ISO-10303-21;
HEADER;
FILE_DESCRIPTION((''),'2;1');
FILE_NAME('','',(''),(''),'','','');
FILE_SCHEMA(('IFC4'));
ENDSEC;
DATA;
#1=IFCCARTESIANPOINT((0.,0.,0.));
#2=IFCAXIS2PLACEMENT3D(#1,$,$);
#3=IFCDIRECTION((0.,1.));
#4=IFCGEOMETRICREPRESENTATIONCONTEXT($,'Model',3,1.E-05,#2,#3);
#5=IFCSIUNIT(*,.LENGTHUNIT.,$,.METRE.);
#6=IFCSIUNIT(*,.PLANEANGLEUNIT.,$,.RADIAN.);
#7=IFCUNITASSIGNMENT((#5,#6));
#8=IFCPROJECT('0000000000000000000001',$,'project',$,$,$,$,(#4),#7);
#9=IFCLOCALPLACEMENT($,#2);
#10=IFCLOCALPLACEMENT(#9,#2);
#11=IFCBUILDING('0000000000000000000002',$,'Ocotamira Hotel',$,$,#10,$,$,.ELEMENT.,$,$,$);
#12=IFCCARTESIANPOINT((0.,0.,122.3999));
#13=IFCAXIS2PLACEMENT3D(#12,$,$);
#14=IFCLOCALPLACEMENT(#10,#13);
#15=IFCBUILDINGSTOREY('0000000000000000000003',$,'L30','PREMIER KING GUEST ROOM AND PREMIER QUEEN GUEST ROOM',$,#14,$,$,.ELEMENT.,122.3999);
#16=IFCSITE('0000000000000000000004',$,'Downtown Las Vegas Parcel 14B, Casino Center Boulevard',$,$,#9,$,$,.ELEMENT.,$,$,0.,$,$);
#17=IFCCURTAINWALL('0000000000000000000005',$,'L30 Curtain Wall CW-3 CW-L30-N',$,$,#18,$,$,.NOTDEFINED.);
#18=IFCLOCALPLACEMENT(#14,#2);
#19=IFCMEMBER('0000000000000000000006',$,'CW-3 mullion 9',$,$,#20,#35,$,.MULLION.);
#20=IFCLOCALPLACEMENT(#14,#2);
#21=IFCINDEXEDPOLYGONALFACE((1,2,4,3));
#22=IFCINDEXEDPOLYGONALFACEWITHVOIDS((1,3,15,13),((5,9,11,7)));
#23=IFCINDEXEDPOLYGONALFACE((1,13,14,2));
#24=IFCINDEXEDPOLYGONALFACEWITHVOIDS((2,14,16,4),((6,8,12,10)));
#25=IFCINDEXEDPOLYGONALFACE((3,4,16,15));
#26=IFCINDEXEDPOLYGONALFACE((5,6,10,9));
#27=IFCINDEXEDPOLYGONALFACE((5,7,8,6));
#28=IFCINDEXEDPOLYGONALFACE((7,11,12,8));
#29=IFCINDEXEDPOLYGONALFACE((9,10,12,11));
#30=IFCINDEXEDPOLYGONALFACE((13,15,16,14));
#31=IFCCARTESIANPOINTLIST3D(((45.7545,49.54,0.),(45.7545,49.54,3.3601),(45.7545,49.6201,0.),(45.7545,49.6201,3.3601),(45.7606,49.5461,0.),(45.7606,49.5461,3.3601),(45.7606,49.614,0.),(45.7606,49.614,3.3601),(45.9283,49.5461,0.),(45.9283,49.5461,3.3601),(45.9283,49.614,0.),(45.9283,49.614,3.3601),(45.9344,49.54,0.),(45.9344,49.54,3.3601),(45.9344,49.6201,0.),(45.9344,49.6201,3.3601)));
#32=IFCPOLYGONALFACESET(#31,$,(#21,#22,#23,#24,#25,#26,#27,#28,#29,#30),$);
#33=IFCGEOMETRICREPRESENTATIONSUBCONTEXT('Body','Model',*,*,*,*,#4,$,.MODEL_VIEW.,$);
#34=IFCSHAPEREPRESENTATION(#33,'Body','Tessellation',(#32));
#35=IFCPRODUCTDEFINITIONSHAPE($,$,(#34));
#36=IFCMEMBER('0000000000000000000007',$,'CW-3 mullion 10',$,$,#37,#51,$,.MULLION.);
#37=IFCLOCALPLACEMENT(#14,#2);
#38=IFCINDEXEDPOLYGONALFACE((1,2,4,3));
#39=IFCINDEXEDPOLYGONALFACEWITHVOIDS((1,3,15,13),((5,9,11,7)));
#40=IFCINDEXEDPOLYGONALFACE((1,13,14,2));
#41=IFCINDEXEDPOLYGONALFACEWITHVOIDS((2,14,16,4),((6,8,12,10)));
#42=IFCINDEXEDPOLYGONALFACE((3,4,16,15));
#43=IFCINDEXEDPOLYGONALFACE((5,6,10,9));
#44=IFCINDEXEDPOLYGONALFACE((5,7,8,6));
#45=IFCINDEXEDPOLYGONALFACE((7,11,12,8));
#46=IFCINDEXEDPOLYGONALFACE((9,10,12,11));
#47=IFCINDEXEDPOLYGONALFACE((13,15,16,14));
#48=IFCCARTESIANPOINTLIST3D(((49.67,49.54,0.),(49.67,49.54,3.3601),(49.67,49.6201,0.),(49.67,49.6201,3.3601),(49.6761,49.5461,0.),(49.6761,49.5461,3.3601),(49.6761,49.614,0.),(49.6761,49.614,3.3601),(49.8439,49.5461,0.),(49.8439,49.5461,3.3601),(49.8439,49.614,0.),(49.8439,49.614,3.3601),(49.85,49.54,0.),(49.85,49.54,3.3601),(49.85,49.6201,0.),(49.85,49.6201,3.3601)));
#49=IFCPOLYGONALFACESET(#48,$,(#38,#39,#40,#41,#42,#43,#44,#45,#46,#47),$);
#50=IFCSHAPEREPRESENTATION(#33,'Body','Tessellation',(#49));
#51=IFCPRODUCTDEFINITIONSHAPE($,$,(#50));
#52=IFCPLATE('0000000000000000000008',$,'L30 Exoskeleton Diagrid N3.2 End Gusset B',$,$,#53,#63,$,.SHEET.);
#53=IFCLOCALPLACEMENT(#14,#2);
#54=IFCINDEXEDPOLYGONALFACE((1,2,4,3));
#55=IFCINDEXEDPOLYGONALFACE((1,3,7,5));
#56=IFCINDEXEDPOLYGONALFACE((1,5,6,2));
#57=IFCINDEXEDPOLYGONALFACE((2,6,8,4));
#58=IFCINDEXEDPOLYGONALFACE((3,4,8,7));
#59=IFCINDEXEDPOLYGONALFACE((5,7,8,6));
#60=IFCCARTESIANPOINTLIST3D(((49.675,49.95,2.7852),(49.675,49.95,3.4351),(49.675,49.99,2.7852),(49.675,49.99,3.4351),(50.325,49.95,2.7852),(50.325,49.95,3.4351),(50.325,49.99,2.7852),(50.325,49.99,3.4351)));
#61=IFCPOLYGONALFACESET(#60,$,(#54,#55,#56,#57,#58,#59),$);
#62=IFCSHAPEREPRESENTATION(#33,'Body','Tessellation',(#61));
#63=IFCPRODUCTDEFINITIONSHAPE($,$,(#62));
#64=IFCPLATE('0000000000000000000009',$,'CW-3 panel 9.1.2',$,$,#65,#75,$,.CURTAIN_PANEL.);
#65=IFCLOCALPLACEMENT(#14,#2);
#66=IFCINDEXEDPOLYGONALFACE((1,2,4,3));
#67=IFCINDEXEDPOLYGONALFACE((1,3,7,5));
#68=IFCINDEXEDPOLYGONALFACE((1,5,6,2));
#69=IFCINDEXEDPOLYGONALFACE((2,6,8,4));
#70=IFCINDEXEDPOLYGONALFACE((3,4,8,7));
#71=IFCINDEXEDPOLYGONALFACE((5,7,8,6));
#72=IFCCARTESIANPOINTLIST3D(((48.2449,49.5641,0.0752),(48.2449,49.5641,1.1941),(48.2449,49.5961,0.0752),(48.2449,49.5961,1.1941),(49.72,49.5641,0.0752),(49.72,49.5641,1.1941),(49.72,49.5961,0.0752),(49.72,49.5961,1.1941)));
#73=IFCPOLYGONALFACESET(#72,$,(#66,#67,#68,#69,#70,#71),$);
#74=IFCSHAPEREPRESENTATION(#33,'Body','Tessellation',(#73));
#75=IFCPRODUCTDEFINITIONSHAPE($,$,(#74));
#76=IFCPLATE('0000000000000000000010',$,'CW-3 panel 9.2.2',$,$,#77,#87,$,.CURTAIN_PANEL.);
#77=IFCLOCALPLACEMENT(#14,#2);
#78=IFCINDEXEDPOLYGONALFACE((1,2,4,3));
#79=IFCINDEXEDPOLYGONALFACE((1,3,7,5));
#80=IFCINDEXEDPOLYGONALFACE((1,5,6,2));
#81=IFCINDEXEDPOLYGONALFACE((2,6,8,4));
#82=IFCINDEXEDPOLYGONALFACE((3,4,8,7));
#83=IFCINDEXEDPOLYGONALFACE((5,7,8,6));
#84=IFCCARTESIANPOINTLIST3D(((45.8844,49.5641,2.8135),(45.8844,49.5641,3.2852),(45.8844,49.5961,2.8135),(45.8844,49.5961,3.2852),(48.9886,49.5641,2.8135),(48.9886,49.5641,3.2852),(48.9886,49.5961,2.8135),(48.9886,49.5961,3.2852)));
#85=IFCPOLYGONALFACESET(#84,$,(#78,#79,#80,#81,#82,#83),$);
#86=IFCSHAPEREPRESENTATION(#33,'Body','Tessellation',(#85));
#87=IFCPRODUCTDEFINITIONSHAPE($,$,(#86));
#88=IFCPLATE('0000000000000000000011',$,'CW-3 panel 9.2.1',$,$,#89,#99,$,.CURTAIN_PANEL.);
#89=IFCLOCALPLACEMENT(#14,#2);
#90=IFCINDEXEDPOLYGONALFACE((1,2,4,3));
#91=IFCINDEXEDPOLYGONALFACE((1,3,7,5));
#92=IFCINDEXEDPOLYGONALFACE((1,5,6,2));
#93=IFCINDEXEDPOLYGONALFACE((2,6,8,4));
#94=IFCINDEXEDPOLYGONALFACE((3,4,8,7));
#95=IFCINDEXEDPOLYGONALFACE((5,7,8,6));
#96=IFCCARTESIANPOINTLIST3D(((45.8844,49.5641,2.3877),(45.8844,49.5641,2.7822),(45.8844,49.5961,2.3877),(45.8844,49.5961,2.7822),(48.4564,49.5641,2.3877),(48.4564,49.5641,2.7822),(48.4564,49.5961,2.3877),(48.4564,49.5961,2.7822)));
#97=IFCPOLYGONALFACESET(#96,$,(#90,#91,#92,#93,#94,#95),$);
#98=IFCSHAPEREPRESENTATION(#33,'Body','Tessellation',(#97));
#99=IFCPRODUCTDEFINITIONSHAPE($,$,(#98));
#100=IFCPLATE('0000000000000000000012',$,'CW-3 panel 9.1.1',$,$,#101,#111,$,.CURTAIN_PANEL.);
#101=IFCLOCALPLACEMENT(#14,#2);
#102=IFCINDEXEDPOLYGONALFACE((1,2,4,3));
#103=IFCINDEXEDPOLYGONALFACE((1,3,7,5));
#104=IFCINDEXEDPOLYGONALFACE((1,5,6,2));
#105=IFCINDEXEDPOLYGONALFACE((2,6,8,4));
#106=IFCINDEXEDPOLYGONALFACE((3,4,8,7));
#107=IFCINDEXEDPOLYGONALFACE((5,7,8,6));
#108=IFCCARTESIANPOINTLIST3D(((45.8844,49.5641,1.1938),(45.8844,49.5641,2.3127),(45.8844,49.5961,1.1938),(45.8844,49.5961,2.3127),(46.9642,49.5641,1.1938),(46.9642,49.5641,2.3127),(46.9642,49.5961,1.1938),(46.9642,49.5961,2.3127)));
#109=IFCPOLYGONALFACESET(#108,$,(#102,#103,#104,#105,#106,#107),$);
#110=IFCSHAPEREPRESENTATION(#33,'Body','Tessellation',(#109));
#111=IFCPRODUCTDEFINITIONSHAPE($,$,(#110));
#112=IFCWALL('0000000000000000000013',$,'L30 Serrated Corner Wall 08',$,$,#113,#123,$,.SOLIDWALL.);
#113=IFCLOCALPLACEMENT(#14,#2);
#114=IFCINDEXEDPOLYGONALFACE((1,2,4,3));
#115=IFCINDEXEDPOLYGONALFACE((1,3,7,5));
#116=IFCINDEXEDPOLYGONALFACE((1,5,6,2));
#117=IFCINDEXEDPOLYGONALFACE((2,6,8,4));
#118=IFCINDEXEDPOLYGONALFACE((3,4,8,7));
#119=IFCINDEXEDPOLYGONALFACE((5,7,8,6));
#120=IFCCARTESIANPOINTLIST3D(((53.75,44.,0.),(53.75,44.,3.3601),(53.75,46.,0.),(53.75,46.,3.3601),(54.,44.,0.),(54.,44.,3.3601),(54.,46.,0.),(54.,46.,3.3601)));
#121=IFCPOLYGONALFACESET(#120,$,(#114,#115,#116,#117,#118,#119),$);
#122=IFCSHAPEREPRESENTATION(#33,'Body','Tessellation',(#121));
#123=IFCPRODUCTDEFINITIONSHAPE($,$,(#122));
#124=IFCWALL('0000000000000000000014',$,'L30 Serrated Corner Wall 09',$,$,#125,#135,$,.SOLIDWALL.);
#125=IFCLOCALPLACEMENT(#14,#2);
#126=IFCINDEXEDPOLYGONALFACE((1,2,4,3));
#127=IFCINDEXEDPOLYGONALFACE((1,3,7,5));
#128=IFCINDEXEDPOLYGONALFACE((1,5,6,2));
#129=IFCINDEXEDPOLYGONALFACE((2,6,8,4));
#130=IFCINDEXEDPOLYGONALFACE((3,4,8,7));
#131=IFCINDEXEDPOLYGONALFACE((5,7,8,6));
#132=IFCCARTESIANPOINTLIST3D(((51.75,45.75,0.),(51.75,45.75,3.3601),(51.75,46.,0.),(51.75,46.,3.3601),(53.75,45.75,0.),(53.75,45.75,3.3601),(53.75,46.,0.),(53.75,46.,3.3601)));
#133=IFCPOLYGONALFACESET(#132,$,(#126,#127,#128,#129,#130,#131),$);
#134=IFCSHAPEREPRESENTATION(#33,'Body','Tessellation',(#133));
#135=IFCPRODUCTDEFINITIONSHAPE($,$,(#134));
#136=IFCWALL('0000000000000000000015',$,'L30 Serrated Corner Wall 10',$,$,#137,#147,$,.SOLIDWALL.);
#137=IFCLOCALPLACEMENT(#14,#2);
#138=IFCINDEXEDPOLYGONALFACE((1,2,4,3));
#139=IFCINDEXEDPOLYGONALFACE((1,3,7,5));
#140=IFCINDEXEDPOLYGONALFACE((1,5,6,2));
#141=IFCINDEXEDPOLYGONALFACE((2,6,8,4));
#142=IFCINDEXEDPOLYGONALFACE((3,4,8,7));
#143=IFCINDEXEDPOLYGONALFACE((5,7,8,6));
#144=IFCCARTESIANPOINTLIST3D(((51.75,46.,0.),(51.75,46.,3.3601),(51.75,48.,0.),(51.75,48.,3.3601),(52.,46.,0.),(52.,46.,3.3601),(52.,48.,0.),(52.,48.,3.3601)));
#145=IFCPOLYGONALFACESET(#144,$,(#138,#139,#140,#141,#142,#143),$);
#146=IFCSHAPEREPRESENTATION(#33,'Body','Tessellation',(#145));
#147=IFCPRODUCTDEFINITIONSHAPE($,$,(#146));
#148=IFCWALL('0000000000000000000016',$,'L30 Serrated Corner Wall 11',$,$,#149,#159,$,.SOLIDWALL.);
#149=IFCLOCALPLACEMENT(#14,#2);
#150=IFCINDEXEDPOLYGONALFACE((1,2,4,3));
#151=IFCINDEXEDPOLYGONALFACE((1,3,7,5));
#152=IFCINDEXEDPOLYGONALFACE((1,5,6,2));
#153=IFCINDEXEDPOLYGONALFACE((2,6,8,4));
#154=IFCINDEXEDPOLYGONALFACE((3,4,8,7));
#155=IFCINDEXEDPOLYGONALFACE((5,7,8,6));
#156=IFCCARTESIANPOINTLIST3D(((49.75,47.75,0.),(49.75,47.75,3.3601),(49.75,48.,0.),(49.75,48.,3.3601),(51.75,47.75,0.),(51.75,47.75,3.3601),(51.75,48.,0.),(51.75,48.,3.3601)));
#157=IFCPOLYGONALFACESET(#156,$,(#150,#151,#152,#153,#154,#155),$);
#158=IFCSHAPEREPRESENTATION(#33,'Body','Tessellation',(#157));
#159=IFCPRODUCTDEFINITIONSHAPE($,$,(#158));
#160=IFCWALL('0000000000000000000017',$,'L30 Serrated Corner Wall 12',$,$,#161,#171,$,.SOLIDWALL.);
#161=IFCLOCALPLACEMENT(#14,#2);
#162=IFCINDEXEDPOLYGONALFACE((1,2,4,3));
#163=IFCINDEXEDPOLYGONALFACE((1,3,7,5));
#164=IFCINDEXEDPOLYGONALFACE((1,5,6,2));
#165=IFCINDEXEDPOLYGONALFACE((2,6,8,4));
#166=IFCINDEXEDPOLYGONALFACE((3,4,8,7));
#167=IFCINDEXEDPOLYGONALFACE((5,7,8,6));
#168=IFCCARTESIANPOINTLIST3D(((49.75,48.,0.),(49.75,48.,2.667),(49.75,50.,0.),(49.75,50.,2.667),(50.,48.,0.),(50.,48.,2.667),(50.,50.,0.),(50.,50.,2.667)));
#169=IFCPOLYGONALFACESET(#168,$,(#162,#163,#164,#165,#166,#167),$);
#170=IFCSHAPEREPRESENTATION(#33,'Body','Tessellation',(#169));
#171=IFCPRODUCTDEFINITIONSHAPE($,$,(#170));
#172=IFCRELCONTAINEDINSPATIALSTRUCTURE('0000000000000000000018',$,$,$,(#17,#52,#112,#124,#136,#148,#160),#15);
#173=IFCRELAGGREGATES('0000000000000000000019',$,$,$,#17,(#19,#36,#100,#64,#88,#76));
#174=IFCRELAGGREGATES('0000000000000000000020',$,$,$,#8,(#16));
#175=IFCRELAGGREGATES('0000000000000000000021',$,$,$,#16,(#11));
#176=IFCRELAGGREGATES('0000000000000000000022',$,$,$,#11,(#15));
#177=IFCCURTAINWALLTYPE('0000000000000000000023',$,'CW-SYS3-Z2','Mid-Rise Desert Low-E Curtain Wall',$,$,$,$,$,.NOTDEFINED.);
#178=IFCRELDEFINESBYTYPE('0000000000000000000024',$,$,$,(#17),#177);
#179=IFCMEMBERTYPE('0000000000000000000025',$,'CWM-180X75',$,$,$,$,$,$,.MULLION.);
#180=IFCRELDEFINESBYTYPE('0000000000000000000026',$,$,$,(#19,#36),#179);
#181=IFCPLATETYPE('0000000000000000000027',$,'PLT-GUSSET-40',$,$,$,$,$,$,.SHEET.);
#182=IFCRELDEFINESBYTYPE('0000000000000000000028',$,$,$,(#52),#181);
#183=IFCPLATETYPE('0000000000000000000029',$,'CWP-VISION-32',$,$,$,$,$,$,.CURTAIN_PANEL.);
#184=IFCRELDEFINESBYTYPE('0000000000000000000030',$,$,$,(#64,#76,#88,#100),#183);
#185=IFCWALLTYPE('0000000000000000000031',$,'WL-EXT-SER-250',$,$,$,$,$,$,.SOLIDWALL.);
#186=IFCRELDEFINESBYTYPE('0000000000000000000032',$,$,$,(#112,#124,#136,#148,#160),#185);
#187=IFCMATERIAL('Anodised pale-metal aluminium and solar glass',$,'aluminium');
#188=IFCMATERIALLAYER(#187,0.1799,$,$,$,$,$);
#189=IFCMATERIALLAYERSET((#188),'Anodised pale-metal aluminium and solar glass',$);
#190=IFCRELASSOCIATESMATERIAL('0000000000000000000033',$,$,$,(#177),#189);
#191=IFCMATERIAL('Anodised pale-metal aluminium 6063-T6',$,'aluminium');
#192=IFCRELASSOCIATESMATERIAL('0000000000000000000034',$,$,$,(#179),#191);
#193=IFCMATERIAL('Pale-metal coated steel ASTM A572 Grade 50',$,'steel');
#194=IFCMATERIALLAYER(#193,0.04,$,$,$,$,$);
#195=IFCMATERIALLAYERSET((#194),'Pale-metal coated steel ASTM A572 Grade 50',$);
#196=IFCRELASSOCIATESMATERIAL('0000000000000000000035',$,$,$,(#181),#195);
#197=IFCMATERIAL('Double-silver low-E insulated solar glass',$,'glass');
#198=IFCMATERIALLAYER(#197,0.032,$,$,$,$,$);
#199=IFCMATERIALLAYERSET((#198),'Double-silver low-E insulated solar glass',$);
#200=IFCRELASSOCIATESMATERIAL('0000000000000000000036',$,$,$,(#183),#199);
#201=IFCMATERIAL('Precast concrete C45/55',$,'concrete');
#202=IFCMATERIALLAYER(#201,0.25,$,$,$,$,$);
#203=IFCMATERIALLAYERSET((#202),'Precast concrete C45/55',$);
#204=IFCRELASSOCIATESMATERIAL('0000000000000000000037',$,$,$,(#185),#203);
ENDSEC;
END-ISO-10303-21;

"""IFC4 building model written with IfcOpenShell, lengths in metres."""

from ifc_helpers import new_model, si_unit, direction, frame, frame_2d, origin, origin_2d, place, context, subcontext, project, spatial, rectangle, hollow_rectangle, extrude, source, transform, mapped, material, layer, layer_set, material_profile, profile_set, type_object, element, aggregate, save


model = new_model("IFC4")

# Units and contexts
model_context = context("Model", 3, precision=1e-05, world=origin(), true_north=direction((0.0, 1.0)))
body_context = subcontext(model_context, "Body", "Model", "MODEL_VIEW")
ifc_project = project(units=[si_unit("LENGTHUNIT", "METRE"), si_unit("PLANEANGLEUNIT", "RADIAN")], contexts=[model_context])

# Site, building, storey
site_placement = place(None, origin())
site = spatial("IfcSite", under=ifc_project, at=site_placement, Name="Downtown Las Vegas Parcel 14B, Casino Center Boulevard", CompositionType="ELEMENT", RefElevation=0.0)
building_placement = place(site_placement, origin())
building = spatial("IfcBuilding", under=site, at=building_placement, Name="Ocotamira Hotel", CompositionType="ELEMENT")
storey_placement = place(building_placement, frame((0.0, 0.0, 122.3999)))
storey = spatial("IfcBuildingStorey", under=building, at=storey_placement, Name="L30", Description="PREMIER KING GUEST ROOM AND PREMIER QUEEN GUEST ROOM", CompositionType="ELEMENT", Elevation=122.3999)

# Curtain wall, members
ifc_material_1 = material(Name="Anodised pale-metal aluminium and solar glass", Category="aluminium")
ifc_layer_1 = layer(ifc_material_1, 0.1799)
ifc_layer_set_1 = layer_set([ifc_layer_1], Name="Anodised pale-metal aluminium and solar glass")
curtain_wall_type = type_object("IfcCurtainWallType", Name="CW-SYS3-Z2", Description="Mid-Rise Desert Low-E Curtain Wall", PredefinedType="NOTDEFINED", material=ifc_layer_set_1)
curtain_wall_placement = place(storey_placement, origin())
curtain_wall = element("IfcCurtainWall", 1, at=curtain_wall_placement, inside=storey, type_object=curtain_wall_type, Name="L30 Curtain Wall CW-3 CW-L30-N", PredefinedType="NOTDEFINED")
ifc_material_2 = material(Name="Anodised pale-metal aluminium 6063-T6", Category="aluminium")
ifc_material_profile_1 = material_profile(ifc_material_2, hollow_rectangle(XDim=0.0801, YDim=0.1799, WallThickness=0.0061, at=origin_2d()), Name="HSS180X80X6")
ifc_profile_set_1 = profile_set([ifc_material_profile_1], Name="Anodised pale-metal aluminium 6063-T6")
member_type_1 = type_object("IfcMemberType", Name="CWM-180X75", PredefinedType="MULLION", material=ifc_profile_set_1)
shared_shape_1 = source(origin(), body_context, "Body", "SweptSolid", [
    extrude(hollow_rectangle(XDim=0.0801, YDim=0.1799, WallThickness=0.0061, at=origin_2d()), origin(), (0.0, 0.0, 1.0), 3.3601),
])
member_1_placement = place(storey_placement, frame((45.8445, 49.5801, 0.0), z_axis=(0.0, 0.0, 1.0), x_axis=(0.0, 1.0, 0.0)))
member_1 = element("IfcMember", 2, at=member_1_placement, type_object=member_type_1, Name="CW-3 mullion 9", PredefinedType="MULLION", context=body_context, shape_type="MappedRepresentation", body=[
    mapped(shared_shape_1, transform((0.0, 0.0, 0.0), scale=1.0)),
])
member_2_placement = place(storey_placement, frame((49.76, 49.5801, 0.0), z_axis=(0.0, 0.0, 1.0), x_axis=(0.0, 1.0, 0.0)))
member_2 = element("IfcMember", 3, at=member_2_placement, type_object=member_type_1, Name="CW-3 mullion 10", PredefinedType="MULLION", context=body_context, shape_type="MappedRepresentation", body=[
    mapped(shared_shape_1, transform((0.0, 0.0, 0.0), scale=1.0)),
])

# Plates
ifc_material_3 = material(Name="Pale-metal coated steel ASTM A572 Grade 50", Category="steel")
ifc_layer_2 = layer(ifc_material_3, 0.04)
ifc_layer_set_2 = layer_set([ifc_layer_2], Name="Pale-metal coated steel ASTM A572 Grade 50")
plate_type_1 = type_object("IfcPlateType", Name="PLT-GUSSET-40", PredefinedType="SHEET", material=ifc_layer_set_2)
shared_shape_2 = source(origin(), body_context, "Body", "SweptSolid", [
    extrude(rectangle(XDim=0.6499, YDim=0.04, at=origin_2d()), origin(), (0.0, 0.0, 1.0), 0.6499),
])
plate_1_placement = place(storey_placement, frame((50.0, 49.97, 2.7852), z_axis=(0.0, 0.0, 1.0), x_axis=(1.0, 0.0, 0.0)))
element("IfcPlate", 4, at=plate_1_placement, inside=storey, type_object=plate_type_1, Name="L30 Exoskeleton Diagrid N3.2 End Gusset B", PredefinedType="SHEET", context=body_context, shape_type="MappedRepresentation", body=[
    mapped(shared_shape_2, transform((0.0, 0.0, 0.0), scale=1.0)),
])
ifc_material_4 = material(Name="Double-silver low-E insulated solar glass", Category="glass")
ifc_layer_3 = layer(ifc_material_4, 0.032)
ifc_layer_set_3 = layer_set([ifc_layer_3], Name="Double-silver low-E insulated solar glass")
plate_type_2 = type_object("IfcPlateType", Name="CWP-VISION-32", PredefinedType="CURTAIN_PANEL", material=ifc_layer_set_3)
shared_shape_3 = source(origin(), body_context, "Body", "SweptSolid", [
    extrude(rectangle(XDim=1.4751, YDim=0.032, at=origin_2d()), origin(), (0.0, 0.0, 1.0), 1.1189),
])
plate_2_placement = place(storey_placement, frame((48.9824, 49.5801, 0.0752), z_axis=(0.0, 0.0, 1.0), x_axis=(1.0, 0.0, 0.0)))
plate_2 = element("IfcPlate", 5, at=plate_2_placement, type_object=plate_type_2, Name="CW-3 panel 9.1.2", PredefinedType="CURTAIN_PANEL", context=body_context, shape_type="MappedRepresentation", body=[
    mapped(shared_shape_3, transform((0.0, 0.0, 0.0), scale=1.0)),
])
shared_shape_4 = source(origin(), body_context, "Body", "SweptSolid", [
    extrude(rectangle(XDim=3.1042, YDim=0.032, at=origin_2d()), origin(), (0.0, 0.0, 1.0), 0.4717),
])
plate_3_placement = place(storey_placement, frame((47.4365, 49.5801, 2.8135), z_axis=(0.0, 0.0, 1.0), x_axis=(1.0, 0.0, 0.0)))
plate_3 = element("IfcPlate", 6, at=plate_3_placement, type_object=plate_type_2, Name="CW-3 panel 9.2.2", PredefinedType="CURTAIN_PANEL", context=body_context, shape_type="MappedRepresentation", body=[
    mapped(shared_shape_4, transform((0.0, 0.0, 0.0), scale=1.0)),
])
shared_shape_5 = source(origin(), body_context, "Body", "SweptSolid", [
    extrude(rectangle(XDim=2.572, YDim=0.032, at=origin_2d()), origin(), (0.0, 0.0, 1.0), 0.3945),
])
plate_4_placement = place(storey_placement, frame((47.1704, 49.5801, 2.3877), z_axis=(0.0, 0.0, 1.0), x_axis=(1.0, 0.0, 0.0)))
plate_4 = element("IfcPlate", 7, at=plate_4_placement, type_object=plate_type_2, Name="CW-3 panel 9.2.1", PredefinedType="CURTAIN_PANEL", context=body_context, shape_type="MappedRepresentation", body=[
    mapped(shared_shape_5, transform((0.0, 0.0, 0.0), scale=1.0)),
])
shared_shape_6 = source(origin(), body_context, "Body", "SweptSolid", [
    extrude(rectangle(XDim=1.0798, YDim=0.032, at=origin_2d()), origin(), (0.0, 0.0, 1.0), 1.1189),
])
plate_5_placement = place(storey_placement, frame((46.4243, 49.5801, 1.1938), z_axis=(0.0, 0.0, 1.0), x_axis=(1.0, 0.0, 0.0)))
plate_5 = element("IfcPlate", 8, at=plate_5_placement, type_object=plate_type_2, Name="CW-3 panel 9.1.1", PredefinedType="CURTAIN_PANEL", context=body_context, shape_type="MappedRepresentation", body=[
    mapped(shared_shape_6, transform((0.0, 0.0, 0.0), scale=1.0)),
])
aggregate(curtain_wall, [member_1, member_2, plate_5, plate_2, plate_4, plate_3])

# Walls
ifc_material_5 = material(Name="Precast concrete C45/55", Category="concrete")
ifc_layer_4 = layer(ifc_material_5, 0.25)
ifc_layer_set_4 = layer_set([ifc_layer_4], Name="Precast concrete C45/55")
wall_type = type_object("IfcWallType", Name="WL-EXT-SER-250", PredefinedType="SOLIDWALL", material=ifc_layer_set_4)
for number, where, z_axis, x_axis, name in (
    (9, (53.875, 44.0, 0.0), (0.0, 0.0, 1.0), (0.0, 1.0, 0.0), "L30 Serrated Corner Wall 08"),
    (10, (53.75, 45.875, 0.0), (0.0, 0.0, 1.0), (-1.0, 0.0, 0.0), "L30 Serrated Corner Wall 09"),
    (11, (51.875, 46.0, 0.0), (0.0, 0.0, 1.0), (0.0, 1.0, 0.0), "L30 Serrated Corner Wall 10"),
    (12, (51.75, 47.875, 0.0), (0.0, 0.0, 1.0), (-1.0, 0.0, 0.0), "L30 Serrated Corner Wall 11"),
):
    element("IfcWall", number, at=place(storey_placement, frame(where, z_axis=z_axis, x_axis=x_axis)), inside=storey, type_object=wall_type, Name=name, PredefinedType="SOLIDWALL", context=body_context, shape_type="SweptSolid", body=[
        extrude(rectangle(XDim=2.0, YDim=0.25, at=frame_2d((1.0, 0.0))), origin(), (0.0, 0.0, 1.0), 3.3601),
    ])
wall_placement = place(storey_placement, frame((49.875, 48.0, 0.0), z_axis=(0.0, 0.0, 1.0), x_axis=(0.0, 1.0, 0.0)))
element("IfcWall", 13, at=wall_placement, inside=storey, type_object=wall_type, Name="L30 Serrated Corner Wall 12", PredefinedType="SOLIDWALL", context=body_context, shape_type="SweptSolid", body=[
    extrude(rectangle(XDim=2.0, YDim=0.25, at=frame_2d((1.0, 0.0))), origin(), (0.0, 0.0, 1.0), 2.667),
])

save(model, "model.ifc")
